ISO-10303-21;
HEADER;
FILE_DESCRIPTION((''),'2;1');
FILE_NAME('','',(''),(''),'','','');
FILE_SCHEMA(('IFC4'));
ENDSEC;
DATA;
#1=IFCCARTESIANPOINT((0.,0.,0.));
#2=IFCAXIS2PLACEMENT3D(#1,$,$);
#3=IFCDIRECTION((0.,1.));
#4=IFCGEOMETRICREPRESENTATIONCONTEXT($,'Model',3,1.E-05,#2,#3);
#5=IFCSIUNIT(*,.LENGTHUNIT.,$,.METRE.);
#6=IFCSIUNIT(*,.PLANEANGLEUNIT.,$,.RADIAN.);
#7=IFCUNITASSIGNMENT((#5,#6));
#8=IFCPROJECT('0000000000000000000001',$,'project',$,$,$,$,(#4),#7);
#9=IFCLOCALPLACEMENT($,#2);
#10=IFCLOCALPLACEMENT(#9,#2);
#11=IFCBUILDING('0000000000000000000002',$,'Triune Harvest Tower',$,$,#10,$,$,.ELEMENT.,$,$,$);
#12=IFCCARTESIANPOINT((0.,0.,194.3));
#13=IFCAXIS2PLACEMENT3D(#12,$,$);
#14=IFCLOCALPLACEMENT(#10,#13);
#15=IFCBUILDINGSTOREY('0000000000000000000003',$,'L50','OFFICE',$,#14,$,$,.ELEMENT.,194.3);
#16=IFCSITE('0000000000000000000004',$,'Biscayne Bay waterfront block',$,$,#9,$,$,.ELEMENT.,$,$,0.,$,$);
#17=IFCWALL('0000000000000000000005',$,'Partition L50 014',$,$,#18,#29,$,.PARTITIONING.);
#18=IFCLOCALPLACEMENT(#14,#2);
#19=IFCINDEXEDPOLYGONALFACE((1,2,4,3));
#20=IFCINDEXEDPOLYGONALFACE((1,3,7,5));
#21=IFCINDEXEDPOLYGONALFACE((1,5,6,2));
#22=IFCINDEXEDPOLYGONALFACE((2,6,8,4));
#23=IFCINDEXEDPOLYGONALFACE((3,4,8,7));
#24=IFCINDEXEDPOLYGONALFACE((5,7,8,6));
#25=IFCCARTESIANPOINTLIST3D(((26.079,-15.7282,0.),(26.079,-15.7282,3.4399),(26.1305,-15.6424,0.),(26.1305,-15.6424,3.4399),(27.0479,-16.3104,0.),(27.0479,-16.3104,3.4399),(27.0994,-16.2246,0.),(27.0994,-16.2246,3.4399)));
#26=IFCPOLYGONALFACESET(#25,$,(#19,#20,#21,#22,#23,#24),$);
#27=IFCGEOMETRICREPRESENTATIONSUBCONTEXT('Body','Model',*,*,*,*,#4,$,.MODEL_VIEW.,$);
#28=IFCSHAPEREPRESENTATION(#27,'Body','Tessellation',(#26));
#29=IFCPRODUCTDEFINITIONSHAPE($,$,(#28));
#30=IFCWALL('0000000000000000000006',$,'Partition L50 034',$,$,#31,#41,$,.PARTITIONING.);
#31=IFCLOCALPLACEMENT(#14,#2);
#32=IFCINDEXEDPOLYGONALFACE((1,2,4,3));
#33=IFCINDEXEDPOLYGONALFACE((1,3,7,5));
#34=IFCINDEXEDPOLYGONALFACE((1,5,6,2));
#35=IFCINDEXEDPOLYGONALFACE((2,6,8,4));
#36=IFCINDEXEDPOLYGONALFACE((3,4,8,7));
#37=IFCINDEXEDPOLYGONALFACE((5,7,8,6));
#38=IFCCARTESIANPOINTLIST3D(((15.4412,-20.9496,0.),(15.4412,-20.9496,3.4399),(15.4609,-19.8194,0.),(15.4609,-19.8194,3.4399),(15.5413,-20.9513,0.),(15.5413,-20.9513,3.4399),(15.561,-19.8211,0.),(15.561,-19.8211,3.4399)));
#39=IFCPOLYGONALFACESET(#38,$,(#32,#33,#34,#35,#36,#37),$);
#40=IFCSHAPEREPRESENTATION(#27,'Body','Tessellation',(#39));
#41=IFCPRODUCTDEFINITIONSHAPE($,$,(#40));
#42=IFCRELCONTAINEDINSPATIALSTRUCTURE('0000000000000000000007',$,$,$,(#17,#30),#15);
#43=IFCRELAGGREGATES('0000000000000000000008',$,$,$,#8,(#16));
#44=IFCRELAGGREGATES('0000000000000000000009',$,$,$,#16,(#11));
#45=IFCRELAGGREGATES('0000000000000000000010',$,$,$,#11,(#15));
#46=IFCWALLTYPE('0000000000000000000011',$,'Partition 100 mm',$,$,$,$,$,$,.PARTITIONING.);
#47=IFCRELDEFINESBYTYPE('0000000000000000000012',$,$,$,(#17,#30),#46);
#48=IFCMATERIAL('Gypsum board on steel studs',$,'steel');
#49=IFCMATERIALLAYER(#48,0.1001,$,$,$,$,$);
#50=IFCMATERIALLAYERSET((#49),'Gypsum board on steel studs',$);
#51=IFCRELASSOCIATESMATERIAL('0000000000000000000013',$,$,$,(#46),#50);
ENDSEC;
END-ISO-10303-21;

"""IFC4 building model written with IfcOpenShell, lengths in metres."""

from ifc_helpers import new_model, si_unit, direction, frame, frame_2d, origin, place, context, subcontext, project, spatial, rectangle, extrude, source, transform, mapped, material, layer, layer_set, type_object, element, save


model = new_model("IFC4")

# Units and contexts
model_context = context("Model", 3, precision=1e-05, world=origin(), true_north=direction((0.0, 1.0)))
body_context = subcontext(model_context, "Body", "Model", "MODEL_VIEW")
ifc_project = project(units=[si_unit("LENGTHUNIT", "METRE"), si_unit("PLANEANGLEUNIT", "RADIAN")], contexts=[model_context])

# Site, building, storey
site_placement = place(None, origin())
site = spatial("IfcSite", under=ifc_project, at=site_placement, Name="Biscayne Bay waterfront block", CompositionType="ELEMENT", RefElevation=0.0)
building_placement = place(site_placement, origin())
building = spatial("IfcBuilding", under=site, at=building_placement, Name="Triune Harvest Tower", CompositionType="ELEMENT")
storey_placement = place(building_placement, frame((0.0, 0.0, 194.3)))
storey = spatial("IfcBuildingStorey", under=building, at=storey_placement, Name="L50", Description="OFFICE", CompositionType="ELEMENT", Elevation=194.3)

# Shared definitions
ifc_material_1 = material(Name="Gypsum board on steel studs", Category="steel")
ifc_layer_1 = layer(ifc_material_1, 0.1001)
ifc_layer_set_1 = layer_set([ifc_layer_1], Name="Gypsum board on steel studs")
wall_type_1 = type_object("IfcWallType", Name="Partition 100 mm", PredefinedType="PARTITIONING", material=ifc_layer_set_1)

# Walls
shared_shape_1 = source(origin(), body_context, "Body", "SweptSolid", [
    extrude(rectangle(XDim=1.1304, YDim=0.1001, at=frame_2d((0.5652, 0.0))), origin(), (0.0, 0.0, 1.0), 3.4399),
])
for number, where, z_axis, x_axis, name in (
    (1, (26.1047, -15.6853, 0.0), (0.0, 0.0, 1.0), (0.85715, -0.515067, 0.0), "Partition L50 014"),
    (2, (15.4912, -20.9504, 0.0), (0.0, 0.0, 1.0), (0.017496, 0.999847, 0.0), "Partition L50 034"),
):
    element("IfcWall", number, at=place(storey_placement, frame(where, z_axis=z_axis, x_axis=x_axis)), inside=storey, type_object=wall_type_1, Name=name, PredefinedType="PARTITIONING", context=body_context, shape_type="MappedRepresentation", body=[
        mapped(shared_shape_1, transform((0.0, 0.0, 0.0), scale=1.0)),
    ])

save(model, "model.ifc")
